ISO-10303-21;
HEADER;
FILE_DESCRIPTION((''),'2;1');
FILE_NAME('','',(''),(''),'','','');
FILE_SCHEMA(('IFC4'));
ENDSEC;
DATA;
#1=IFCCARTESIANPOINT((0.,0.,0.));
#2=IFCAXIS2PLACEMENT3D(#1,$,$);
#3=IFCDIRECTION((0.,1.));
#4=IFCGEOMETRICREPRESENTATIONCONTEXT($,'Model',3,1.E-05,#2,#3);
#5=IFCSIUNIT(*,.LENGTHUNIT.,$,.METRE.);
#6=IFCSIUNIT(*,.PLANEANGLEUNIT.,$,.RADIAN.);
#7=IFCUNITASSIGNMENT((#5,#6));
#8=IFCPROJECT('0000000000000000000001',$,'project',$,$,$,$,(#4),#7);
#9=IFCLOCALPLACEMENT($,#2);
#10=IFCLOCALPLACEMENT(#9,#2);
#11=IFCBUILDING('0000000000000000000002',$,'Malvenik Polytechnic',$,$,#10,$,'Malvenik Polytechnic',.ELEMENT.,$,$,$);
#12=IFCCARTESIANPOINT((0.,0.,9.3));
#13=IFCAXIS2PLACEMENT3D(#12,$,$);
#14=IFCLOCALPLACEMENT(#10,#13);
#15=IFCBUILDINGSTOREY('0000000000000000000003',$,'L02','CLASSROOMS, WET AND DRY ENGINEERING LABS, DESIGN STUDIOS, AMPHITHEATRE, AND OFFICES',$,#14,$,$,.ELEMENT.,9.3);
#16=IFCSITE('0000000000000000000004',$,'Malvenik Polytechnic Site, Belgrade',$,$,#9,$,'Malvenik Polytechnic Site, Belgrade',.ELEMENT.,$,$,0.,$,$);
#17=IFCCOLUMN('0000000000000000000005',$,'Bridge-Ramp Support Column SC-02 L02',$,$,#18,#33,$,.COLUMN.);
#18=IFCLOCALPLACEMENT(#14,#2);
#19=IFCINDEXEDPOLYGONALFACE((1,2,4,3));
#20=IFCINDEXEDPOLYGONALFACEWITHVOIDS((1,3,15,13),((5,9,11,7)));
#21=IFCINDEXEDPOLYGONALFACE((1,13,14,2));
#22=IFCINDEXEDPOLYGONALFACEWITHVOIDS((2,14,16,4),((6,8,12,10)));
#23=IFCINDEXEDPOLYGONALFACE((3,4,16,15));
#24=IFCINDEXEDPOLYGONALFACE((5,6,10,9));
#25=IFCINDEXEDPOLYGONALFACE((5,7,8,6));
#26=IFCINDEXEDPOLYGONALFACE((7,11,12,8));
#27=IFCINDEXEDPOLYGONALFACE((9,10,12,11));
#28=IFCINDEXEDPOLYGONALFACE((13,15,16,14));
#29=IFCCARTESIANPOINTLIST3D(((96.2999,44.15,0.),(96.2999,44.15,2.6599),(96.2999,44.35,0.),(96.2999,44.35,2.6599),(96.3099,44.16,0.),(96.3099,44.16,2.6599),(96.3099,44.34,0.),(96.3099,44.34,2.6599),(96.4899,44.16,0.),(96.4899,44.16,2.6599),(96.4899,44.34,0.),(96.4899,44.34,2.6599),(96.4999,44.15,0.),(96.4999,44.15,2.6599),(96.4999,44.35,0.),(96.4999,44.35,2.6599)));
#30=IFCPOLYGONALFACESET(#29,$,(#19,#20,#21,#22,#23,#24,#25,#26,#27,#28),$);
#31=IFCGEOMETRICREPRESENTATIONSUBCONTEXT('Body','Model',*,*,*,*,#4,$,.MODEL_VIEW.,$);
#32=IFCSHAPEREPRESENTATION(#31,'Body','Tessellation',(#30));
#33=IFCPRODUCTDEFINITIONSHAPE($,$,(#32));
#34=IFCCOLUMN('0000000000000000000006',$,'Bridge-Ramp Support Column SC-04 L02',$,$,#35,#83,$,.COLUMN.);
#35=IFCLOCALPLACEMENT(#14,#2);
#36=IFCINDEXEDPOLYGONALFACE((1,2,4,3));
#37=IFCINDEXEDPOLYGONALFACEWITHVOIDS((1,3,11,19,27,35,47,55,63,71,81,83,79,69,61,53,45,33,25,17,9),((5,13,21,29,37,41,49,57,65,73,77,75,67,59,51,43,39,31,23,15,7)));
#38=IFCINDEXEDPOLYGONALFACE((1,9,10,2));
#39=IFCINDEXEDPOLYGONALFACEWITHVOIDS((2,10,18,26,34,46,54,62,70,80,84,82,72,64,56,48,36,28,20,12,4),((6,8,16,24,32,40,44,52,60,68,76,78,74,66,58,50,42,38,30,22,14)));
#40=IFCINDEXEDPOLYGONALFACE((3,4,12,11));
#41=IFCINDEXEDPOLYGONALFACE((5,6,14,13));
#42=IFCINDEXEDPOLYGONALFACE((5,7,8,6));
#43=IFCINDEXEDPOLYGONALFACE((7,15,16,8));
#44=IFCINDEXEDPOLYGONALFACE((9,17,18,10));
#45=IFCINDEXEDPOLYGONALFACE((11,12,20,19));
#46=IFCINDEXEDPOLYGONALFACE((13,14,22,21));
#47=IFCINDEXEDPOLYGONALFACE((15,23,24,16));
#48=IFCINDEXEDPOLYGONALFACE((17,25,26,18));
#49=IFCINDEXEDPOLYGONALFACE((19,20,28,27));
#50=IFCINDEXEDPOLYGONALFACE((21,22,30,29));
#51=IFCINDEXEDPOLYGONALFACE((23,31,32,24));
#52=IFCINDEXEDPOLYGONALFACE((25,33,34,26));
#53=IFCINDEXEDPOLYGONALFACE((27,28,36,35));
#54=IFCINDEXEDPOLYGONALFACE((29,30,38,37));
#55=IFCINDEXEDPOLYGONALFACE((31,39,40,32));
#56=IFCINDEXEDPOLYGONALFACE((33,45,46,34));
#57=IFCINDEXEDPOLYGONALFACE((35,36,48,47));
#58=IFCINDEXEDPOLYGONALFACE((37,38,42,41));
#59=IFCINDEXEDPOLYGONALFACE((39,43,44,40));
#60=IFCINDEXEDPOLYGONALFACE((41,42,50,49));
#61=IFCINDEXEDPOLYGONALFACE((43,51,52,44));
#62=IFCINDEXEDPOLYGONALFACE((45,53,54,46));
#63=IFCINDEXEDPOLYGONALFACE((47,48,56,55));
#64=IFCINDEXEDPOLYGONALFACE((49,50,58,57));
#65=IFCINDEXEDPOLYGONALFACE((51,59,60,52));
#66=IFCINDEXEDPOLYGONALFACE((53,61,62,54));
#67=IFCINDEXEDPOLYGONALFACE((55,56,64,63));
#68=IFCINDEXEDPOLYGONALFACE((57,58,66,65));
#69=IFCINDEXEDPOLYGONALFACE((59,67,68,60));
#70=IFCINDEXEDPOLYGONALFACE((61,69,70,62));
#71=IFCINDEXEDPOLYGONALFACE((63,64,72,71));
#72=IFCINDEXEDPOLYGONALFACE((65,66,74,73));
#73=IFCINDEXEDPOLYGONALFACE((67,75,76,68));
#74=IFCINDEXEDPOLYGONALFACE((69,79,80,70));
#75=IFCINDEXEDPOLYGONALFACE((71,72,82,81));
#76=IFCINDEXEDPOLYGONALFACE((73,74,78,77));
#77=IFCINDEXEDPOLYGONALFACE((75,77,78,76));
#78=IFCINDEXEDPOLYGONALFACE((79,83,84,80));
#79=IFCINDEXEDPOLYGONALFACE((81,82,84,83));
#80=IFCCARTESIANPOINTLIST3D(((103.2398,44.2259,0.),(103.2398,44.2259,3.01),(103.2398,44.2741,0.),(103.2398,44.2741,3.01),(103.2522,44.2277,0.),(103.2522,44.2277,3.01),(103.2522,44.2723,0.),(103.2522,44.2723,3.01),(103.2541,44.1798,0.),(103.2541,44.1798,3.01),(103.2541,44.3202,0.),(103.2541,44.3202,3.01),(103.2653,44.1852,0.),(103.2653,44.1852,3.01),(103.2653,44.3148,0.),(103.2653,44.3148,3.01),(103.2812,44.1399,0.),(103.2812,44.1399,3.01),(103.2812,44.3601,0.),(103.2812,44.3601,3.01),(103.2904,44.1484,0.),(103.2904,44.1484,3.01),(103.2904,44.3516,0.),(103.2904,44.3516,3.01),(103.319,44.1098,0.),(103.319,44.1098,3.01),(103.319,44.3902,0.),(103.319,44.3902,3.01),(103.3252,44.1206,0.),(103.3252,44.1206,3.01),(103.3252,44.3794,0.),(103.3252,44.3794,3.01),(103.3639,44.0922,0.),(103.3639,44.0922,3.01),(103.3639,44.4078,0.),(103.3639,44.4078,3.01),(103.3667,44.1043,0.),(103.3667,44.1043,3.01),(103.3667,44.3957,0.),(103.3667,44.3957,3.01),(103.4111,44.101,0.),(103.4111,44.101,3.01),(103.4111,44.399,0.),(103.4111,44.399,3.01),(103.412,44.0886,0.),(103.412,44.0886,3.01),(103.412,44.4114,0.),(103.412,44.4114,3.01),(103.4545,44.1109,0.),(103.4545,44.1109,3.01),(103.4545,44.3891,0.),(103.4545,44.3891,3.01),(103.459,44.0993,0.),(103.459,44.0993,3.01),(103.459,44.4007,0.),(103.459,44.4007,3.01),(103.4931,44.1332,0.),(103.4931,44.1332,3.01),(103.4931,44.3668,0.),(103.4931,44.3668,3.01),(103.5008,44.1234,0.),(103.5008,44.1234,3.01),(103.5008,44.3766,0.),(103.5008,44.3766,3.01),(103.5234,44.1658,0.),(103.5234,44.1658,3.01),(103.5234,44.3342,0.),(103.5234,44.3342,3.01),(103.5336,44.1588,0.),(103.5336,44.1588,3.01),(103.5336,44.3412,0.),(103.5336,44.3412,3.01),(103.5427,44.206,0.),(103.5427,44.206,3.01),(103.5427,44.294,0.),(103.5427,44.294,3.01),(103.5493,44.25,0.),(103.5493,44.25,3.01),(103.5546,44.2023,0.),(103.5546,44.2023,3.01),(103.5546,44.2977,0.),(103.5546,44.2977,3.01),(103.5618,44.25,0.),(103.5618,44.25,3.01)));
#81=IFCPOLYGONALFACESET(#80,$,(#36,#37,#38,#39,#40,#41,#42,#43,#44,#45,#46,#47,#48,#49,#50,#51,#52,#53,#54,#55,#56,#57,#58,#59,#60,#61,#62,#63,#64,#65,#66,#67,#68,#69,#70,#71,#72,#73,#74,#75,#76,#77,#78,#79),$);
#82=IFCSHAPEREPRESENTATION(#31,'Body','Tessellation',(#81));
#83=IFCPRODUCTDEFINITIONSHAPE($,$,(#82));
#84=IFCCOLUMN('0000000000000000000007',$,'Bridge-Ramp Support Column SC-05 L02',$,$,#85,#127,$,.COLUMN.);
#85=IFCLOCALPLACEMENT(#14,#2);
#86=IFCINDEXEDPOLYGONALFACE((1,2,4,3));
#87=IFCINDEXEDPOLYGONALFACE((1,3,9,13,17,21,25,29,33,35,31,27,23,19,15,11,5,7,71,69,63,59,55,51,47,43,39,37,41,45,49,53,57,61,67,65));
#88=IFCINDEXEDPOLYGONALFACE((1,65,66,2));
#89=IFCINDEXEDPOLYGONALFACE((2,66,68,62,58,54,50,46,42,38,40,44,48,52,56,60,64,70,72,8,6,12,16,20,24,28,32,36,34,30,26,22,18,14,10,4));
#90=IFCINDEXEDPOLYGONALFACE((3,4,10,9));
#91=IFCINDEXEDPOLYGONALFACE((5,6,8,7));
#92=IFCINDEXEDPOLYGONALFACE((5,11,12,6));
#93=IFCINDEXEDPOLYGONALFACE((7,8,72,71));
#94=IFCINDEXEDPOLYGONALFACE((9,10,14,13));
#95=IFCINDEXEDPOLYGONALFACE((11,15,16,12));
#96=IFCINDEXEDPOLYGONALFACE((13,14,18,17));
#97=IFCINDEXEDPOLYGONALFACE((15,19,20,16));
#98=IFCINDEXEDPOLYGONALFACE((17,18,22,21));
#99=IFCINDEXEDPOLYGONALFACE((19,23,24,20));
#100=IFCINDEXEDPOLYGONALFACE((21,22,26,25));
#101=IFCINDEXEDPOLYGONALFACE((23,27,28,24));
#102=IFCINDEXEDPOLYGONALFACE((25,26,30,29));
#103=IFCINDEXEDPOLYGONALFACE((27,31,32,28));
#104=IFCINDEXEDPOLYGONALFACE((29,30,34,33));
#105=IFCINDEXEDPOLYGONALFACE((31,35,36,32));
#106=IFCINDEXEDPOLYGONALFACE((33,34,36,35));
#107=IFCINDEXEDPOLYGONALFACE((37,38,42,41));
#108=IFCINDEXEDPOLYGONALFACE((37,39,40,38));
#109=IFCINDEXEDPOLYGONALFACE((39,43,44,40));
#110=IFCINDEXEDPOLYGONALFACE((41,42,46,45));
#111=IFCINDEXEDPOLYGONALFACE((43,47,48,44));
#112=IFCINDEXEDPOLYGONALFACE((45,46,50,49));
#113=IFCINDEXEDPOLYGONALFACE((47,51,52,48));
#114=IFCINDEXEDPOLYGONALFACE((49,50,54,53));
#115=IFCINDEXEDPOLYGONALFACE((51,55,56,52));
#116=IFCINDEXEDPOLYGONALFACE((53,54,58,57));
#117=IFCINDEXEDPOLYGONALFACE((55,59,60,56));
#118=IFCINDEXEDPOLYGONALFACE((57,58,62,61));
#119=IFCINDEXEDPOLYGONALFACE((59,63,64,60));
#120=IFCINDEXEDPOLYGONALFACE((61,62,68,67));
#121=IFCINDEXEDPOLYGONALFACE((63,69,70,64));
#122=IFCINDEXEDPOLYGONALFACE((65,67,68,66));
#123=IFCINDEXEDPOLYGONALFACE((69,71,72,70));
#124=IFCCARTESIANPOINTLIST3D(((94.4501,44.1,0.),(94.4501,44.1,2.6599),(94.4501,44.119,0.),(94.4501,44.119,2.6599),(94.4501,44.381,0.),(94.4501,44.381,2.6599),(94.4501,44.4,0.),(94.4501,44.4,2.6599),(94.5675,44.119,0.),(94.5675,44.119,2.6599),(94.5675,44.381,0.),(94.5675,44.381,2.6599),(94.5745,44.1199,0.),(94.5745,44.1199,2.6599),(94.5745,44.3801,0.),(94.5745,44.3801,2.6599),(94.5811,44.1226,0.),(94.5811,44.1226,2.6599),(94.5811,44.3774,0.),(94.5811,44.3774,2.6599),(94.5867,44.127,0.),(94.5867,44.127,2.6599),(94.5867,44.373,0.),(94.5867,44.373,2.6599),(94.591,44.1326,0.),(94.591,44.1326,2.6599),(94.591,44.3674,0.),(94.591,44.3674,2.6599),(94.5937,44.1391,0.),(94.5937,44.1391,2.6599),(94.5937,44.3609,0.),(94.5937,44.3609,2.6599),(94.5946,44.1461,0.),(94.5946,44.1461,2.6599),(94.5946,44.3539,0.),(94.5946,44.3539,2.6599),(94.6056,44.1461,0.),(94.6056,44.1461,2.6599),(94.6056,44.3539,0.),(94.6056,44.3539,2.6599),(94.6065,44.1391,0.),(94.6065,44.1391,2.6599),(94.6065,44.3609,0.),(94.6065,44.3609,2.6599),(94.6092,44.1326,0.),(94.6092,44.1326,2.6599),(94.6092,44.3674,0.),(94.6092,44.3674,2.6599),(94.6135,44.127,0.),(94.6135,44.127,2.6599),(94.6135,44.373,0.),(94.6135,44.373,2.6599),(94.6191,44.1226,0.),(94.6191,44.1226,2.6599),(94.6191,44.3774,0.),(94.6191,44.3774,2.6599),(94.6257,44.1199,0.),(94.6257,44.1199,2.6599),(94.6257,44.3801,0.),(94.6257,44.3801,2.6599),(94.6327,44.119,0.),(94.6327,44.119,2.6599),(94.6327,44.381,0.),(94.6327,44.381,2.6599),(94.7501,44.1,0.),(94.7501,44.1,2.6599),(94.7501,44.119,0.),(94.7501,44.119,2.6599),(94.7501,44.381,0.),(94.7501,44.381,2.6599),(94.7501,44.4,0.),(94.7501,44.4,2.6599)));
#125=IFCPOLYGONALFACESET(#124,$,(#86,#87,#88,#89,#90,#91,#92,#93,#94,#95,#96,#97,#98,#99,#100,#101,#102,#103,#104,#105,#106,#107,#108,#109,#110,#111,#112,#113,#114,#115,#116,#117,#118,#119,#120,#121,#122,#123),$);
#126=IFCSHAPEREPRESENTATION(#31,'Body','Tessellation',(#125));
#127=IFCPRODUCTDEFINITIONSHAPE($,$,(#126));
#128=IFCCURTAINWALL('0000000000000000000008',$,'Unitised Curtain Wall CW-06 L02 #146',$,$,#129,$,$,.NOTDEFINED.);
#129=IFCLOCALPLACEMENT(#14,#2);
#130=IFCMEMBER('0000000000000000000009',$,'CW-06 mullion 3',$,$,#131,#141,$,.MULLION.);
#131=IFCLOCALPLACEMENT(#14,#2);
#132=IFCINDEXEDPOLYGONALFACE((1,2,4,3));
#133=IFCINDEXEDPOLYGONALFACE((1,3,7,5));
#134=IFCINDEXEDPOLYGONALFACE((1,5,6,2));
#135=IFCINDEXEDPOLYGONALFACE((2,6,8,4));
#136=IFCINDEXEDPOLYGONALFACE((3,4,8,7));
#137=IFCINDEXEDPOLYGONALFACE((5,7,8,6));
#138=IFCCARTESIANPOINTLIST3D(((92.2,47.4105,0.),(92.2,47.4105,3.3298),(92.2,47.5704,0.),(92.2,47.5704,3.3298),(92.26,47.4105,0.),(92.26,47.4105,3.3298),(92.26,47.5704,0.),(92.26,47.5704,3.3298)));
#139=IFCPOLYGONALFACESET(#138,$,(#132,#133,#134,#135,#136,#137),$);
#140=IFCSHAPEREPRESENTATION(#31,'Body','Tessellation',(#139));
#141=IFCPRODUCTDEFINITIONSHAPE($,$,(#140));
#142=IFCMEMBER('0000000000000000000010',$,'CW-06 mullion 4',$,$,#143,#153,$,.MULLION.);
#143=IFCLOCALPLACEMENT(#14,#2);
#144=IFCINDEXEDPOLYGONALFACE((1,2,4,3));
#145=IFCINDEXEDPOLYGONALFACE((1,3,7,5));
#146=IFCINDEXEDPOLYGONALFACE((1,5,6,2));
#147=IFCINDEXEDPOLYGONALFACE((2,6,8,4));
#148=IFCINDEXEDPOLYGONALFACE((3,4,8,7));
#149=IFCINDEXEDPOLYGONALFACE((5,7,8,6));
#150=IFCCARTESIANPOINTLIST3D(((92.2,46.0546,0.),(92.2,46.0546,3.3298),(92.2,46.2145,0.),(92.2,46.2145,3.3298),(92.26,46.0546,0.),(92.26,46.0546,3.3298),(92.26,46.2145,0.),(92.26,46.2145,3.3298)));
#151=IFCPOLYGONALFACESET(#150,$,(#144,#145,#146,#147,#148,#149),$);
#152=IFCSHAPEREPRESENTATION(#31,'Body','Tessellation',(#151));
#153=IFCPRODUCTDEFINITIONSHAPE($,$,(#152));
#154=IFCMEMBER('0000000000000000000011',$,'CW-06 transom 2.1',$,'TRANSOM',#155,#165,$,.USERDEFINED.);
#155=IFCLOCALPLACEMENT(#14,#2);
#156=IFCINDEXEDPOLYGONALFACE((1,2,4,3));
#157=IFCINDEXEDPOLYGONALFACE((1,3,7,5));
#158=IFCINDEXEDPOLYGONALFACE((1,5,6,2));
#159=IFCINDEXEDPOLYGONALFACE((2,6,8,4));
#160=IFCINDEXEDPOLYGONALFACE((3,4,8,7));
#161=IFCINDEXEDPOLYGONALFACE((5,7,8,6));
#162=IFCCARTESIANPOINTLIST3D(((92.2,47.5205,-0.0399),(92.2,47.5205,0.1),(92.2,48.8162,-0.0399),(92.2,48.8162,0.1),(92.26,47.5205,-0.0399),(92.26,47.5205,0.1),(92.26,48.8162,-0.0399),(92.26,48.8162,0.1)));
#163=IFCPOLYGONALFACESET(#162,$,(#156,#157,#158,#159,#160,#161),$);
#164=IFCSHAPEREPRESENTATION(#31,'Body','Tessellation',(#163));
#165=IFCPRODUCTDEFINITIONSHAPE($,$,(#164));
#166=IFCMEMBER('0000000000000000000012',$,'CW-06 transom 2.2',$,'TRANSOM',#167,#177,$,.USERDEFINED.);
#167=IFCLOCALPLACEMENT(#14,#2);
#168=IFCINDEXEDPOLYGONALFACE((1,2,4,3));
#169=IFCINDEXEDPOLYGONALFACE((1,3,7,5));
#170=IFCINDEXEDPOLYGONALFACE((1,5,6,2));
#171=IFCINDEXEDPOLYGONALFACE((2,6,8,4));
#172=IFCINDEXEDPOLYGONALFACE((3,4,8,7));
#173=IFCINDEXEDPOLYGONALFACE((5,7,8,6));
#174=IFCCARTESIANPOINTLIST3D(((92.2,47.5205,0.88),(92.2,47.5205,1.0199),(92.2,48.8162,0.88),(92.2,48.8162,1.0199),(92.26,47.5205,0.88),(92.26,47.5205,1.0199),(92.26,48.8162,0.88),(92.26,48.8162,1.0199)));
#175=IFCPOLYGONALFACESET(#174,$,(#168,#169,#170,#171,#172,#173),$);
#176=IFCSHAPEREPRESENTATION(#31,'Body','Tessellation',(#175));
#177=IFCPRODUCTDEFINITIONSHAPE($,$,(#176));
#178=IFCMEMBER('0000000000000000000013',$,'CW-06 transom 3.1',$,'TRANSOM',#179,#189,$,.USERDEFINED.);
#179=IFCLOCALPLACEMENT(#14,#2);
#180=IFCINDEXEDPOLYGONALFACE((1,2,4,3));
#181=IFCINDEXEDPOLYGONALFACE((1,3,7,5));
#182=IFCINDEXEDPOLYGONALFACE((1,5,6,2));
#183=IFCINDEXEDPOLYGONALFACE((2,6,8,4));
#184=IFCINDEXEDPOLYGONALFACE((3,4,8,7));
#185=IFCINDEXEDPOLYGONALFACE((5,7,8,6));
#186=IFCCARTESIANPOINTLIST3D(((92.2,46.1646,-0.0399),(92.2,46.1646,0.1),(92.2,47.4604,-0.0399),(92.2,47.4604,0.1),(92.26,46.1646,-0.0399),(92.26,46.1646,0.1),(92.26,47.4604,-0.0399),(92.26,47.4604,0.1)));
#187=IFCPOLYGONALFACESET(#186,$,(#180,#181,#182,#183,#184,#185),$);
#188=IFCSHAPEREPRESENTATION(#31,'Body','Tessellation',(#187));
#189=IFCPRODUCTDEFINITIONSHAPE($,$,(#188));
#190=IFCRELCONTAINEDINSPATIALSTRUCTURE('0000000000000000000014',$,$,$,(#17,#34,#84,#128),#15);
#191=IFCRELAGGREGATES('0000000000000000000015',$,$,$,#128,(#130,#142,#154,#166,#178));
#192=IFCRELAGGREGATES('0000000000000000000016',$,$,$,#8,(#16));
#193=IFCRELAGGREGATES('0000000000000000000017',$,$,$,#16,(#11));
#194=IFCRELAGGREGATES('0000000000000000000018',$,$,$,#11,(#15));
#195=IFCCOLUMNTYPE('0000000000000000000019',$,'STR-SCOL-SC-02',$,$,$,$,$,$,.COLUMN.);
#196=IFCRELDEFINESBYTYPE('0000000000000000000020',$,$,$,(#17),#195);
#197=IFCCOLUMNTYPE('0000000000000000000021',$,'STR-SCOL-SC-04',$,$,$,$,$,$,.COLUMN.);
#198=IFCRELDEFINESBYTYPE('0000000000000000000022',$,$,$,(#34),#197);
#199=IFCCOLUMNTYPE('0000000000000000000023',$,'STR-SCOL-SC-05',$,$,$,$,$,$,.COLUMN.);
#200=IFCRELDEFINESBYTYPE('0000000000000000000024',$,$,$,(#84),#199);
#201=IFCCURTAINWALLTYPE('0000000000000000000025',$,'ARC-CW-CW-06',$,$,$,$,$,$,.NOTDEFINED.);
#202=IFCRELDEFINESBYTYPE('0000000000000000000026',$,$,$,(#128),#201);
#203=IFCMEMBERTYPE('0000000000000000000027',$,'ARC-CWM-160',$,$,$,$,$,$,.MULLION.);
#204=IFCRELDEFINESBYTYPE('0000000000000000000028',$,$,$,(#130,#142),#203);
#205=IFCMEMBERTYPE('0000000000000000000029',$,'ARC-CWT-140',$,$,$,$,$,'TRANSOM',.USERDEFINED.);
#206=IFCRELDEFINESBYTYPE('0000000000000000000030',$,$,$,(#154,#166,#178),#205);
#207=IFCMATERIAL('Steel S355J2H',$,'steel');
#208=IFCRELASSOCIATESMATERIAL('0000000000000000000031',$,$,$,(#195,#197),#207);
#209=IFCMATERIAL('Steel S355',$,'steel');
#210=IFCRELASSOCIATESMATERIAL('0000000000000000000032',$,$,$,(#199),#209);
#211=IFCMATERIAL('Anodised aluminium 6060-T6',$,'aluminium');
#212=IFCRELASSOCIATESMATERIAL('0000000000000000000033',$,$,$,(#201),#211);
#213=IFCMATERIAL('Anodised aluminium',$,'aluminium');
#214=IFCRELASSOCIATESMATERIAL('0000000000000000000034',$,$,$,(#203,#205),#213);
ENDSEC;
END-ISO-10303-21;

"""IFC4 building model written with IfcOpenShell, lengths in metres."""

from ifc_helpers import new_model, si_unit, direction, frame, origin, origin_2d, place, context, subcontext, project, spatial, rectangle, hollow_rectangle, hollow_circle, i_section, extrude, material, material_profile, profile_set, type_object, element, aggregate, save


model = new_model("IFC4")

# Units and contexts
model_context = context("Model", 3, precision=1e-05, world=origin(), true_north=direction((0.0, 1.0)))
body_context = subcontext(model_context, "Body", "Model", "MODEL_VIEW")
ifc_project = project(units=[si_unit("LENGTHUNIT", "METRE"), si_unit("PLANEANGLEUNIT", "RADIAN")], contexts=[model_context])

# Site, building, storey
site_placement = place(None, origin())
site = spatial("IfcSite", under=ifc_project, at=site_placement, Name="Malvenik Polytechnic Site, Belgrade", LongName="Malvenik Polytechnic Site, Belgrade", CompositionType="ELEMENT", RefElevation=0.0)
building_placement = place(site_placement, origin())
building = spatial("IfcBuilding", under=site, at=building_placement, Name="Malvenik Polytechnic", LongName="Malvenik Polytechnic", CompositionType="ELEMENT")
storey_placement = place(building_placement, frame((0.0, 0.0, 9.3)))
storey = spatial("IfcBuildingStorey", under=building, at=storey_placement, Name="L02", Description="CLASSROOMS, WET AND DRY ENGINEERING LABS, DESIGN STUDIOS, AMPHITHEATRE, AND OFFICES", CompositionType="ELEMENT", Elevation=9.3)

# Columns
ifc_material_1 = material(Name="Steel S355J2H", Category="steel")
ifc_material_profile_1 = material_profile(ifc_material_1, hollow_rectangle(XDim=0.2, YDim=0.2, WallThickness=0.01, at=origin_2d()), Name="SHS 200x200x10.0")
ifc_profile_set_1 = profile_set([ifc_material_profile_1], Name="Steel S355J2H")
column_type_1 = type_object("IfcColumnType", Name="STR-SCOL-SC-02", PredefinedType="COLUMN", material=ifc_profile_set_1)
column_1_placement = place(storey_placement, frame((96.3999, 44.25, 0.0), z_axis=(0.0, 0.0, 1.0), x_axis=(1.0, 0.0, 0.0)))
element("IfcColumn", 1, at=column_1_placement, inside=storey, type_object=column_type_1, Name="Bridge-Ramp Support Column SC-02 L02", PredefinedType="COLUMN", context=body_context, shape_type="SweptSolid", body=[
    extrude(hollow_rectangle(XDim=0.2, YDim=0.2, WallThickness=0.01, at=origin_2d()), origin(), (0.0, 0.0, 1.0), 2.6599),
])
ifc_material_profile_2 = material_profile(ifc_material_1, hollow_circle(Radius=0.1619, WallThickness=0.0125, at=origin_2d()), Name="CHS 323.9x12.5")
ifc_profile_set_2 = profile_set([ifc_material_profile_2], Name="Steel S355J2H")
column_type_2 = type_object("IfcColumnType", Name="STR-SCOL-SC-04", PredefinedType="COLUMN", material=ifc_profile_set_2)
column_2_placement = place(storey_placement, frame((103.3999, 44.25, 0.0), z_axis=(0.0, 0.0, 1.0), x_axis=(1.0, 0.0, 0.0)))
element("IfcColumn", 2, at=column_2_placement, inside=storey, type_object=column_type_2, Name="Bridge-Ramp Support Column SC-04 L02", PredefinedType="COLUMN", context=body_context, shape_type="SweptSolid", body=[
    extrude(hollow_circle(Radius=0.1619, WallThickness=0.0125, at=origin_2d()), origin(), (0.0, 0.0, 1.0), 3.01),
])
ifc_material_2 = material(Name="Steel S355", Category="steel")
ifc_material_profile_3 = material_profile(ifc_material_2, i_section(OverallWidth=0.3, OverallDepth=0.3, WebThickness=0.011, FlangeThickness=0.019, FilletRadius=0.0271, at=origin_2d()), Name="HEB 300")
ifc_profile_set_3 = profile_set([ifc_material_profile_3], Name="Steel S355")
column_type_3 = type_object("IfcColumnType", Name="STR-SCOL-SC-05", PredefinedType="COLUMN", material=ifc_profile_set_3)
column_3_placement = place(storey_placement, frame((94.6001, 44.25, 0.0), z_axis=(0.0, 0.0, 1.0), x_axis=(1.0, 0.0, 0.0)))
element("IfcColumn", 3, at=column_3_placement, inside=storey, type_object=column_type_3, Name="Bridge-Ramp Support Column SC-05 L02", PredefinedType="COLUMN", context=body_context, shape_type="SweptSolid", body=[
    extrude(i_section(OverallWidth=0.3, OverallDepth=0.3, WebThickness=0.011, FlangeThickness=0.019, FilletRadius=0.0271, at=origin_2d()), origin(), (0.0, 0.0, 1.0), 2.6599),
])

# Curtain wall, members
ifc_material_3 = material(Name="Anodised aluminium 6060-T6", Category="aluminium")
curtain_wall_type = type_object("IfcCurtainWallType", Name="ARC-CW-CW-06", PredefinedType="NOTDEFINED", material=ifc_material_3)
curtain_wall_placement = place(storey_placement, origin())
curtain_wall = element("IfcCurtainWall", 4, at=curtain_wall_placement, inside=storey, type_object=curtain_wall_type, Name="Unitised Curtain Wall CW-06 L02 #146", PredefinedType="NOTDEFINED")
ifc_material_4 = material(Name="Anodised aluminium", Category="aluminium")
ifc_material_profile_4 = material_profile(ifc_material_4, rectangle(XDim=0.0601, YDim=0.1599, at=origin_2d()), Name="ALU MULLION 60x160")
ifc_profile_set_4 = profile_set([ifc_material_profile_4], Name="Anodised aluminium")
member_type_1 = type_object("IfcMemberType", Name="ARC-CWM-160", PredefinedType="MULLION", material=ifc_profile_set_4)
member_1_placement = place(storey_placement, frame((92.23, 47.4905, 0.0), z_axis=(0.0, 0.0, 1.0), x_axis=(1.0, 0.0, 0.0)))
member_1 = element("IfcMember", 5, at=member_1_placement, type_object=member_type_1, Name="CW-06 mullion 3", PredefinedType="MULLION", context=body_context, shape_type="SweptSolid", body=[
    extrude(rectangle(XDim=0.0601, YDim=0.1599, at=origin_2d()), origin(), (0.0, 0.0, 1.0), 3.3298),
])
member_2_placement = place(storey_placement, frame((92.23, 46.1345, 0.0), z_axis=(0.0, 0.0, 1.0), x_axis=(1.0, 0.0, 0.0)))
member_2 = element("IfcMember", 6, at=member_2_placement, type_object=member_type_1, Name="CW-06 mullion 4", PredefinedType="MULLION", context=body_context, shape_type="SweptSolid", body=[
    extrude(rectangle(XDim=0.0601, YDim=0.1599, at=origin_2d()), origin(), (0.0, 0.0, 1.0), 3.3298),
])
ifc_material_profile_5 = material_profile(ifc_material_4, rectangle(XDim=0.0601, YDim=0.1399, at=origin_2d()), Name="ALU TRANSOM 60x140")
ifc_profile_set_5 = profile_set([ifc_material_profile_5], Name="Anodised aluminium")
member_type_2 = type_object("IfcMemberType", Name="ARC-CWT-140", ElementType="TRANSOM", PredefinedType="USERDEFINED", material=ifc_profile_set_5)
member_3_placement = place(storey_placement, frame((92.23, 48.8162, 0.03), z_axis=(0.0, -1.0, 0.0), x_axis=(1.0, 0.0, 0.0)))
member_3 = element("IfcMember", 7, at=member_3_placement, type_object=member_type_2, Name="CW-06 transom 2.1", ObjectType="TRANSOM", PredefinedType="USERDEFINED", context=body_context, shape_type="SweptSolid", body=[
    extrude(rectangle(XDim=0.0601, YDim=0.1399, at=origin_2d()), origin(), (0.0, 0.0, 1.0), 1.2957),
])
member_4_placement = place(storey_placement, frame((92.23, 48.8162, 0.95), z_axis=(0.0, -1.0, 0.0), x_axis=(1.0, 0.0, 0.0)))
member_4 = element("IfcMember", 8, at=member_4_placement, type_object=member_type_2, Name="CW-06 transom 2.2", ObjectType="TRANSOM", PredefinedType="USERDEFINED", context=body_context, shape_type="SweptSolid", body=[
    extrude(rectangle(XDim=0.0601, YDim=0.1399, at=origin_2d()), origin(), (0.0, 0.0, 1.0), 1.2957),
])
member_5_placement = place(storey_placement, frame((92.23, 47.4604, 0.03), z_axis=(0.0, -1.0, 0.0), x_axis=(1.0, 0.0, 0.0)))
member_5 = element("IfcMember", 9, at=member_5_placement, type_object=member_type_2, Name="CW-06 transom 3.1", ObjectType="TRANSOM", PredefinedType="USERDEFINED", context=body_context, shape_type="SweptSolid", body=[
    extrude(rectangle(XDim=0.0601, YDim=0.1399, at=origin_2d()), origin(), (0.0, 0.0, 1.0), 1.2959),
])

aggregate(curtain_wall, [member_1, member_2, member_3, member_4, member_5])

save(model, "model.ifc")
